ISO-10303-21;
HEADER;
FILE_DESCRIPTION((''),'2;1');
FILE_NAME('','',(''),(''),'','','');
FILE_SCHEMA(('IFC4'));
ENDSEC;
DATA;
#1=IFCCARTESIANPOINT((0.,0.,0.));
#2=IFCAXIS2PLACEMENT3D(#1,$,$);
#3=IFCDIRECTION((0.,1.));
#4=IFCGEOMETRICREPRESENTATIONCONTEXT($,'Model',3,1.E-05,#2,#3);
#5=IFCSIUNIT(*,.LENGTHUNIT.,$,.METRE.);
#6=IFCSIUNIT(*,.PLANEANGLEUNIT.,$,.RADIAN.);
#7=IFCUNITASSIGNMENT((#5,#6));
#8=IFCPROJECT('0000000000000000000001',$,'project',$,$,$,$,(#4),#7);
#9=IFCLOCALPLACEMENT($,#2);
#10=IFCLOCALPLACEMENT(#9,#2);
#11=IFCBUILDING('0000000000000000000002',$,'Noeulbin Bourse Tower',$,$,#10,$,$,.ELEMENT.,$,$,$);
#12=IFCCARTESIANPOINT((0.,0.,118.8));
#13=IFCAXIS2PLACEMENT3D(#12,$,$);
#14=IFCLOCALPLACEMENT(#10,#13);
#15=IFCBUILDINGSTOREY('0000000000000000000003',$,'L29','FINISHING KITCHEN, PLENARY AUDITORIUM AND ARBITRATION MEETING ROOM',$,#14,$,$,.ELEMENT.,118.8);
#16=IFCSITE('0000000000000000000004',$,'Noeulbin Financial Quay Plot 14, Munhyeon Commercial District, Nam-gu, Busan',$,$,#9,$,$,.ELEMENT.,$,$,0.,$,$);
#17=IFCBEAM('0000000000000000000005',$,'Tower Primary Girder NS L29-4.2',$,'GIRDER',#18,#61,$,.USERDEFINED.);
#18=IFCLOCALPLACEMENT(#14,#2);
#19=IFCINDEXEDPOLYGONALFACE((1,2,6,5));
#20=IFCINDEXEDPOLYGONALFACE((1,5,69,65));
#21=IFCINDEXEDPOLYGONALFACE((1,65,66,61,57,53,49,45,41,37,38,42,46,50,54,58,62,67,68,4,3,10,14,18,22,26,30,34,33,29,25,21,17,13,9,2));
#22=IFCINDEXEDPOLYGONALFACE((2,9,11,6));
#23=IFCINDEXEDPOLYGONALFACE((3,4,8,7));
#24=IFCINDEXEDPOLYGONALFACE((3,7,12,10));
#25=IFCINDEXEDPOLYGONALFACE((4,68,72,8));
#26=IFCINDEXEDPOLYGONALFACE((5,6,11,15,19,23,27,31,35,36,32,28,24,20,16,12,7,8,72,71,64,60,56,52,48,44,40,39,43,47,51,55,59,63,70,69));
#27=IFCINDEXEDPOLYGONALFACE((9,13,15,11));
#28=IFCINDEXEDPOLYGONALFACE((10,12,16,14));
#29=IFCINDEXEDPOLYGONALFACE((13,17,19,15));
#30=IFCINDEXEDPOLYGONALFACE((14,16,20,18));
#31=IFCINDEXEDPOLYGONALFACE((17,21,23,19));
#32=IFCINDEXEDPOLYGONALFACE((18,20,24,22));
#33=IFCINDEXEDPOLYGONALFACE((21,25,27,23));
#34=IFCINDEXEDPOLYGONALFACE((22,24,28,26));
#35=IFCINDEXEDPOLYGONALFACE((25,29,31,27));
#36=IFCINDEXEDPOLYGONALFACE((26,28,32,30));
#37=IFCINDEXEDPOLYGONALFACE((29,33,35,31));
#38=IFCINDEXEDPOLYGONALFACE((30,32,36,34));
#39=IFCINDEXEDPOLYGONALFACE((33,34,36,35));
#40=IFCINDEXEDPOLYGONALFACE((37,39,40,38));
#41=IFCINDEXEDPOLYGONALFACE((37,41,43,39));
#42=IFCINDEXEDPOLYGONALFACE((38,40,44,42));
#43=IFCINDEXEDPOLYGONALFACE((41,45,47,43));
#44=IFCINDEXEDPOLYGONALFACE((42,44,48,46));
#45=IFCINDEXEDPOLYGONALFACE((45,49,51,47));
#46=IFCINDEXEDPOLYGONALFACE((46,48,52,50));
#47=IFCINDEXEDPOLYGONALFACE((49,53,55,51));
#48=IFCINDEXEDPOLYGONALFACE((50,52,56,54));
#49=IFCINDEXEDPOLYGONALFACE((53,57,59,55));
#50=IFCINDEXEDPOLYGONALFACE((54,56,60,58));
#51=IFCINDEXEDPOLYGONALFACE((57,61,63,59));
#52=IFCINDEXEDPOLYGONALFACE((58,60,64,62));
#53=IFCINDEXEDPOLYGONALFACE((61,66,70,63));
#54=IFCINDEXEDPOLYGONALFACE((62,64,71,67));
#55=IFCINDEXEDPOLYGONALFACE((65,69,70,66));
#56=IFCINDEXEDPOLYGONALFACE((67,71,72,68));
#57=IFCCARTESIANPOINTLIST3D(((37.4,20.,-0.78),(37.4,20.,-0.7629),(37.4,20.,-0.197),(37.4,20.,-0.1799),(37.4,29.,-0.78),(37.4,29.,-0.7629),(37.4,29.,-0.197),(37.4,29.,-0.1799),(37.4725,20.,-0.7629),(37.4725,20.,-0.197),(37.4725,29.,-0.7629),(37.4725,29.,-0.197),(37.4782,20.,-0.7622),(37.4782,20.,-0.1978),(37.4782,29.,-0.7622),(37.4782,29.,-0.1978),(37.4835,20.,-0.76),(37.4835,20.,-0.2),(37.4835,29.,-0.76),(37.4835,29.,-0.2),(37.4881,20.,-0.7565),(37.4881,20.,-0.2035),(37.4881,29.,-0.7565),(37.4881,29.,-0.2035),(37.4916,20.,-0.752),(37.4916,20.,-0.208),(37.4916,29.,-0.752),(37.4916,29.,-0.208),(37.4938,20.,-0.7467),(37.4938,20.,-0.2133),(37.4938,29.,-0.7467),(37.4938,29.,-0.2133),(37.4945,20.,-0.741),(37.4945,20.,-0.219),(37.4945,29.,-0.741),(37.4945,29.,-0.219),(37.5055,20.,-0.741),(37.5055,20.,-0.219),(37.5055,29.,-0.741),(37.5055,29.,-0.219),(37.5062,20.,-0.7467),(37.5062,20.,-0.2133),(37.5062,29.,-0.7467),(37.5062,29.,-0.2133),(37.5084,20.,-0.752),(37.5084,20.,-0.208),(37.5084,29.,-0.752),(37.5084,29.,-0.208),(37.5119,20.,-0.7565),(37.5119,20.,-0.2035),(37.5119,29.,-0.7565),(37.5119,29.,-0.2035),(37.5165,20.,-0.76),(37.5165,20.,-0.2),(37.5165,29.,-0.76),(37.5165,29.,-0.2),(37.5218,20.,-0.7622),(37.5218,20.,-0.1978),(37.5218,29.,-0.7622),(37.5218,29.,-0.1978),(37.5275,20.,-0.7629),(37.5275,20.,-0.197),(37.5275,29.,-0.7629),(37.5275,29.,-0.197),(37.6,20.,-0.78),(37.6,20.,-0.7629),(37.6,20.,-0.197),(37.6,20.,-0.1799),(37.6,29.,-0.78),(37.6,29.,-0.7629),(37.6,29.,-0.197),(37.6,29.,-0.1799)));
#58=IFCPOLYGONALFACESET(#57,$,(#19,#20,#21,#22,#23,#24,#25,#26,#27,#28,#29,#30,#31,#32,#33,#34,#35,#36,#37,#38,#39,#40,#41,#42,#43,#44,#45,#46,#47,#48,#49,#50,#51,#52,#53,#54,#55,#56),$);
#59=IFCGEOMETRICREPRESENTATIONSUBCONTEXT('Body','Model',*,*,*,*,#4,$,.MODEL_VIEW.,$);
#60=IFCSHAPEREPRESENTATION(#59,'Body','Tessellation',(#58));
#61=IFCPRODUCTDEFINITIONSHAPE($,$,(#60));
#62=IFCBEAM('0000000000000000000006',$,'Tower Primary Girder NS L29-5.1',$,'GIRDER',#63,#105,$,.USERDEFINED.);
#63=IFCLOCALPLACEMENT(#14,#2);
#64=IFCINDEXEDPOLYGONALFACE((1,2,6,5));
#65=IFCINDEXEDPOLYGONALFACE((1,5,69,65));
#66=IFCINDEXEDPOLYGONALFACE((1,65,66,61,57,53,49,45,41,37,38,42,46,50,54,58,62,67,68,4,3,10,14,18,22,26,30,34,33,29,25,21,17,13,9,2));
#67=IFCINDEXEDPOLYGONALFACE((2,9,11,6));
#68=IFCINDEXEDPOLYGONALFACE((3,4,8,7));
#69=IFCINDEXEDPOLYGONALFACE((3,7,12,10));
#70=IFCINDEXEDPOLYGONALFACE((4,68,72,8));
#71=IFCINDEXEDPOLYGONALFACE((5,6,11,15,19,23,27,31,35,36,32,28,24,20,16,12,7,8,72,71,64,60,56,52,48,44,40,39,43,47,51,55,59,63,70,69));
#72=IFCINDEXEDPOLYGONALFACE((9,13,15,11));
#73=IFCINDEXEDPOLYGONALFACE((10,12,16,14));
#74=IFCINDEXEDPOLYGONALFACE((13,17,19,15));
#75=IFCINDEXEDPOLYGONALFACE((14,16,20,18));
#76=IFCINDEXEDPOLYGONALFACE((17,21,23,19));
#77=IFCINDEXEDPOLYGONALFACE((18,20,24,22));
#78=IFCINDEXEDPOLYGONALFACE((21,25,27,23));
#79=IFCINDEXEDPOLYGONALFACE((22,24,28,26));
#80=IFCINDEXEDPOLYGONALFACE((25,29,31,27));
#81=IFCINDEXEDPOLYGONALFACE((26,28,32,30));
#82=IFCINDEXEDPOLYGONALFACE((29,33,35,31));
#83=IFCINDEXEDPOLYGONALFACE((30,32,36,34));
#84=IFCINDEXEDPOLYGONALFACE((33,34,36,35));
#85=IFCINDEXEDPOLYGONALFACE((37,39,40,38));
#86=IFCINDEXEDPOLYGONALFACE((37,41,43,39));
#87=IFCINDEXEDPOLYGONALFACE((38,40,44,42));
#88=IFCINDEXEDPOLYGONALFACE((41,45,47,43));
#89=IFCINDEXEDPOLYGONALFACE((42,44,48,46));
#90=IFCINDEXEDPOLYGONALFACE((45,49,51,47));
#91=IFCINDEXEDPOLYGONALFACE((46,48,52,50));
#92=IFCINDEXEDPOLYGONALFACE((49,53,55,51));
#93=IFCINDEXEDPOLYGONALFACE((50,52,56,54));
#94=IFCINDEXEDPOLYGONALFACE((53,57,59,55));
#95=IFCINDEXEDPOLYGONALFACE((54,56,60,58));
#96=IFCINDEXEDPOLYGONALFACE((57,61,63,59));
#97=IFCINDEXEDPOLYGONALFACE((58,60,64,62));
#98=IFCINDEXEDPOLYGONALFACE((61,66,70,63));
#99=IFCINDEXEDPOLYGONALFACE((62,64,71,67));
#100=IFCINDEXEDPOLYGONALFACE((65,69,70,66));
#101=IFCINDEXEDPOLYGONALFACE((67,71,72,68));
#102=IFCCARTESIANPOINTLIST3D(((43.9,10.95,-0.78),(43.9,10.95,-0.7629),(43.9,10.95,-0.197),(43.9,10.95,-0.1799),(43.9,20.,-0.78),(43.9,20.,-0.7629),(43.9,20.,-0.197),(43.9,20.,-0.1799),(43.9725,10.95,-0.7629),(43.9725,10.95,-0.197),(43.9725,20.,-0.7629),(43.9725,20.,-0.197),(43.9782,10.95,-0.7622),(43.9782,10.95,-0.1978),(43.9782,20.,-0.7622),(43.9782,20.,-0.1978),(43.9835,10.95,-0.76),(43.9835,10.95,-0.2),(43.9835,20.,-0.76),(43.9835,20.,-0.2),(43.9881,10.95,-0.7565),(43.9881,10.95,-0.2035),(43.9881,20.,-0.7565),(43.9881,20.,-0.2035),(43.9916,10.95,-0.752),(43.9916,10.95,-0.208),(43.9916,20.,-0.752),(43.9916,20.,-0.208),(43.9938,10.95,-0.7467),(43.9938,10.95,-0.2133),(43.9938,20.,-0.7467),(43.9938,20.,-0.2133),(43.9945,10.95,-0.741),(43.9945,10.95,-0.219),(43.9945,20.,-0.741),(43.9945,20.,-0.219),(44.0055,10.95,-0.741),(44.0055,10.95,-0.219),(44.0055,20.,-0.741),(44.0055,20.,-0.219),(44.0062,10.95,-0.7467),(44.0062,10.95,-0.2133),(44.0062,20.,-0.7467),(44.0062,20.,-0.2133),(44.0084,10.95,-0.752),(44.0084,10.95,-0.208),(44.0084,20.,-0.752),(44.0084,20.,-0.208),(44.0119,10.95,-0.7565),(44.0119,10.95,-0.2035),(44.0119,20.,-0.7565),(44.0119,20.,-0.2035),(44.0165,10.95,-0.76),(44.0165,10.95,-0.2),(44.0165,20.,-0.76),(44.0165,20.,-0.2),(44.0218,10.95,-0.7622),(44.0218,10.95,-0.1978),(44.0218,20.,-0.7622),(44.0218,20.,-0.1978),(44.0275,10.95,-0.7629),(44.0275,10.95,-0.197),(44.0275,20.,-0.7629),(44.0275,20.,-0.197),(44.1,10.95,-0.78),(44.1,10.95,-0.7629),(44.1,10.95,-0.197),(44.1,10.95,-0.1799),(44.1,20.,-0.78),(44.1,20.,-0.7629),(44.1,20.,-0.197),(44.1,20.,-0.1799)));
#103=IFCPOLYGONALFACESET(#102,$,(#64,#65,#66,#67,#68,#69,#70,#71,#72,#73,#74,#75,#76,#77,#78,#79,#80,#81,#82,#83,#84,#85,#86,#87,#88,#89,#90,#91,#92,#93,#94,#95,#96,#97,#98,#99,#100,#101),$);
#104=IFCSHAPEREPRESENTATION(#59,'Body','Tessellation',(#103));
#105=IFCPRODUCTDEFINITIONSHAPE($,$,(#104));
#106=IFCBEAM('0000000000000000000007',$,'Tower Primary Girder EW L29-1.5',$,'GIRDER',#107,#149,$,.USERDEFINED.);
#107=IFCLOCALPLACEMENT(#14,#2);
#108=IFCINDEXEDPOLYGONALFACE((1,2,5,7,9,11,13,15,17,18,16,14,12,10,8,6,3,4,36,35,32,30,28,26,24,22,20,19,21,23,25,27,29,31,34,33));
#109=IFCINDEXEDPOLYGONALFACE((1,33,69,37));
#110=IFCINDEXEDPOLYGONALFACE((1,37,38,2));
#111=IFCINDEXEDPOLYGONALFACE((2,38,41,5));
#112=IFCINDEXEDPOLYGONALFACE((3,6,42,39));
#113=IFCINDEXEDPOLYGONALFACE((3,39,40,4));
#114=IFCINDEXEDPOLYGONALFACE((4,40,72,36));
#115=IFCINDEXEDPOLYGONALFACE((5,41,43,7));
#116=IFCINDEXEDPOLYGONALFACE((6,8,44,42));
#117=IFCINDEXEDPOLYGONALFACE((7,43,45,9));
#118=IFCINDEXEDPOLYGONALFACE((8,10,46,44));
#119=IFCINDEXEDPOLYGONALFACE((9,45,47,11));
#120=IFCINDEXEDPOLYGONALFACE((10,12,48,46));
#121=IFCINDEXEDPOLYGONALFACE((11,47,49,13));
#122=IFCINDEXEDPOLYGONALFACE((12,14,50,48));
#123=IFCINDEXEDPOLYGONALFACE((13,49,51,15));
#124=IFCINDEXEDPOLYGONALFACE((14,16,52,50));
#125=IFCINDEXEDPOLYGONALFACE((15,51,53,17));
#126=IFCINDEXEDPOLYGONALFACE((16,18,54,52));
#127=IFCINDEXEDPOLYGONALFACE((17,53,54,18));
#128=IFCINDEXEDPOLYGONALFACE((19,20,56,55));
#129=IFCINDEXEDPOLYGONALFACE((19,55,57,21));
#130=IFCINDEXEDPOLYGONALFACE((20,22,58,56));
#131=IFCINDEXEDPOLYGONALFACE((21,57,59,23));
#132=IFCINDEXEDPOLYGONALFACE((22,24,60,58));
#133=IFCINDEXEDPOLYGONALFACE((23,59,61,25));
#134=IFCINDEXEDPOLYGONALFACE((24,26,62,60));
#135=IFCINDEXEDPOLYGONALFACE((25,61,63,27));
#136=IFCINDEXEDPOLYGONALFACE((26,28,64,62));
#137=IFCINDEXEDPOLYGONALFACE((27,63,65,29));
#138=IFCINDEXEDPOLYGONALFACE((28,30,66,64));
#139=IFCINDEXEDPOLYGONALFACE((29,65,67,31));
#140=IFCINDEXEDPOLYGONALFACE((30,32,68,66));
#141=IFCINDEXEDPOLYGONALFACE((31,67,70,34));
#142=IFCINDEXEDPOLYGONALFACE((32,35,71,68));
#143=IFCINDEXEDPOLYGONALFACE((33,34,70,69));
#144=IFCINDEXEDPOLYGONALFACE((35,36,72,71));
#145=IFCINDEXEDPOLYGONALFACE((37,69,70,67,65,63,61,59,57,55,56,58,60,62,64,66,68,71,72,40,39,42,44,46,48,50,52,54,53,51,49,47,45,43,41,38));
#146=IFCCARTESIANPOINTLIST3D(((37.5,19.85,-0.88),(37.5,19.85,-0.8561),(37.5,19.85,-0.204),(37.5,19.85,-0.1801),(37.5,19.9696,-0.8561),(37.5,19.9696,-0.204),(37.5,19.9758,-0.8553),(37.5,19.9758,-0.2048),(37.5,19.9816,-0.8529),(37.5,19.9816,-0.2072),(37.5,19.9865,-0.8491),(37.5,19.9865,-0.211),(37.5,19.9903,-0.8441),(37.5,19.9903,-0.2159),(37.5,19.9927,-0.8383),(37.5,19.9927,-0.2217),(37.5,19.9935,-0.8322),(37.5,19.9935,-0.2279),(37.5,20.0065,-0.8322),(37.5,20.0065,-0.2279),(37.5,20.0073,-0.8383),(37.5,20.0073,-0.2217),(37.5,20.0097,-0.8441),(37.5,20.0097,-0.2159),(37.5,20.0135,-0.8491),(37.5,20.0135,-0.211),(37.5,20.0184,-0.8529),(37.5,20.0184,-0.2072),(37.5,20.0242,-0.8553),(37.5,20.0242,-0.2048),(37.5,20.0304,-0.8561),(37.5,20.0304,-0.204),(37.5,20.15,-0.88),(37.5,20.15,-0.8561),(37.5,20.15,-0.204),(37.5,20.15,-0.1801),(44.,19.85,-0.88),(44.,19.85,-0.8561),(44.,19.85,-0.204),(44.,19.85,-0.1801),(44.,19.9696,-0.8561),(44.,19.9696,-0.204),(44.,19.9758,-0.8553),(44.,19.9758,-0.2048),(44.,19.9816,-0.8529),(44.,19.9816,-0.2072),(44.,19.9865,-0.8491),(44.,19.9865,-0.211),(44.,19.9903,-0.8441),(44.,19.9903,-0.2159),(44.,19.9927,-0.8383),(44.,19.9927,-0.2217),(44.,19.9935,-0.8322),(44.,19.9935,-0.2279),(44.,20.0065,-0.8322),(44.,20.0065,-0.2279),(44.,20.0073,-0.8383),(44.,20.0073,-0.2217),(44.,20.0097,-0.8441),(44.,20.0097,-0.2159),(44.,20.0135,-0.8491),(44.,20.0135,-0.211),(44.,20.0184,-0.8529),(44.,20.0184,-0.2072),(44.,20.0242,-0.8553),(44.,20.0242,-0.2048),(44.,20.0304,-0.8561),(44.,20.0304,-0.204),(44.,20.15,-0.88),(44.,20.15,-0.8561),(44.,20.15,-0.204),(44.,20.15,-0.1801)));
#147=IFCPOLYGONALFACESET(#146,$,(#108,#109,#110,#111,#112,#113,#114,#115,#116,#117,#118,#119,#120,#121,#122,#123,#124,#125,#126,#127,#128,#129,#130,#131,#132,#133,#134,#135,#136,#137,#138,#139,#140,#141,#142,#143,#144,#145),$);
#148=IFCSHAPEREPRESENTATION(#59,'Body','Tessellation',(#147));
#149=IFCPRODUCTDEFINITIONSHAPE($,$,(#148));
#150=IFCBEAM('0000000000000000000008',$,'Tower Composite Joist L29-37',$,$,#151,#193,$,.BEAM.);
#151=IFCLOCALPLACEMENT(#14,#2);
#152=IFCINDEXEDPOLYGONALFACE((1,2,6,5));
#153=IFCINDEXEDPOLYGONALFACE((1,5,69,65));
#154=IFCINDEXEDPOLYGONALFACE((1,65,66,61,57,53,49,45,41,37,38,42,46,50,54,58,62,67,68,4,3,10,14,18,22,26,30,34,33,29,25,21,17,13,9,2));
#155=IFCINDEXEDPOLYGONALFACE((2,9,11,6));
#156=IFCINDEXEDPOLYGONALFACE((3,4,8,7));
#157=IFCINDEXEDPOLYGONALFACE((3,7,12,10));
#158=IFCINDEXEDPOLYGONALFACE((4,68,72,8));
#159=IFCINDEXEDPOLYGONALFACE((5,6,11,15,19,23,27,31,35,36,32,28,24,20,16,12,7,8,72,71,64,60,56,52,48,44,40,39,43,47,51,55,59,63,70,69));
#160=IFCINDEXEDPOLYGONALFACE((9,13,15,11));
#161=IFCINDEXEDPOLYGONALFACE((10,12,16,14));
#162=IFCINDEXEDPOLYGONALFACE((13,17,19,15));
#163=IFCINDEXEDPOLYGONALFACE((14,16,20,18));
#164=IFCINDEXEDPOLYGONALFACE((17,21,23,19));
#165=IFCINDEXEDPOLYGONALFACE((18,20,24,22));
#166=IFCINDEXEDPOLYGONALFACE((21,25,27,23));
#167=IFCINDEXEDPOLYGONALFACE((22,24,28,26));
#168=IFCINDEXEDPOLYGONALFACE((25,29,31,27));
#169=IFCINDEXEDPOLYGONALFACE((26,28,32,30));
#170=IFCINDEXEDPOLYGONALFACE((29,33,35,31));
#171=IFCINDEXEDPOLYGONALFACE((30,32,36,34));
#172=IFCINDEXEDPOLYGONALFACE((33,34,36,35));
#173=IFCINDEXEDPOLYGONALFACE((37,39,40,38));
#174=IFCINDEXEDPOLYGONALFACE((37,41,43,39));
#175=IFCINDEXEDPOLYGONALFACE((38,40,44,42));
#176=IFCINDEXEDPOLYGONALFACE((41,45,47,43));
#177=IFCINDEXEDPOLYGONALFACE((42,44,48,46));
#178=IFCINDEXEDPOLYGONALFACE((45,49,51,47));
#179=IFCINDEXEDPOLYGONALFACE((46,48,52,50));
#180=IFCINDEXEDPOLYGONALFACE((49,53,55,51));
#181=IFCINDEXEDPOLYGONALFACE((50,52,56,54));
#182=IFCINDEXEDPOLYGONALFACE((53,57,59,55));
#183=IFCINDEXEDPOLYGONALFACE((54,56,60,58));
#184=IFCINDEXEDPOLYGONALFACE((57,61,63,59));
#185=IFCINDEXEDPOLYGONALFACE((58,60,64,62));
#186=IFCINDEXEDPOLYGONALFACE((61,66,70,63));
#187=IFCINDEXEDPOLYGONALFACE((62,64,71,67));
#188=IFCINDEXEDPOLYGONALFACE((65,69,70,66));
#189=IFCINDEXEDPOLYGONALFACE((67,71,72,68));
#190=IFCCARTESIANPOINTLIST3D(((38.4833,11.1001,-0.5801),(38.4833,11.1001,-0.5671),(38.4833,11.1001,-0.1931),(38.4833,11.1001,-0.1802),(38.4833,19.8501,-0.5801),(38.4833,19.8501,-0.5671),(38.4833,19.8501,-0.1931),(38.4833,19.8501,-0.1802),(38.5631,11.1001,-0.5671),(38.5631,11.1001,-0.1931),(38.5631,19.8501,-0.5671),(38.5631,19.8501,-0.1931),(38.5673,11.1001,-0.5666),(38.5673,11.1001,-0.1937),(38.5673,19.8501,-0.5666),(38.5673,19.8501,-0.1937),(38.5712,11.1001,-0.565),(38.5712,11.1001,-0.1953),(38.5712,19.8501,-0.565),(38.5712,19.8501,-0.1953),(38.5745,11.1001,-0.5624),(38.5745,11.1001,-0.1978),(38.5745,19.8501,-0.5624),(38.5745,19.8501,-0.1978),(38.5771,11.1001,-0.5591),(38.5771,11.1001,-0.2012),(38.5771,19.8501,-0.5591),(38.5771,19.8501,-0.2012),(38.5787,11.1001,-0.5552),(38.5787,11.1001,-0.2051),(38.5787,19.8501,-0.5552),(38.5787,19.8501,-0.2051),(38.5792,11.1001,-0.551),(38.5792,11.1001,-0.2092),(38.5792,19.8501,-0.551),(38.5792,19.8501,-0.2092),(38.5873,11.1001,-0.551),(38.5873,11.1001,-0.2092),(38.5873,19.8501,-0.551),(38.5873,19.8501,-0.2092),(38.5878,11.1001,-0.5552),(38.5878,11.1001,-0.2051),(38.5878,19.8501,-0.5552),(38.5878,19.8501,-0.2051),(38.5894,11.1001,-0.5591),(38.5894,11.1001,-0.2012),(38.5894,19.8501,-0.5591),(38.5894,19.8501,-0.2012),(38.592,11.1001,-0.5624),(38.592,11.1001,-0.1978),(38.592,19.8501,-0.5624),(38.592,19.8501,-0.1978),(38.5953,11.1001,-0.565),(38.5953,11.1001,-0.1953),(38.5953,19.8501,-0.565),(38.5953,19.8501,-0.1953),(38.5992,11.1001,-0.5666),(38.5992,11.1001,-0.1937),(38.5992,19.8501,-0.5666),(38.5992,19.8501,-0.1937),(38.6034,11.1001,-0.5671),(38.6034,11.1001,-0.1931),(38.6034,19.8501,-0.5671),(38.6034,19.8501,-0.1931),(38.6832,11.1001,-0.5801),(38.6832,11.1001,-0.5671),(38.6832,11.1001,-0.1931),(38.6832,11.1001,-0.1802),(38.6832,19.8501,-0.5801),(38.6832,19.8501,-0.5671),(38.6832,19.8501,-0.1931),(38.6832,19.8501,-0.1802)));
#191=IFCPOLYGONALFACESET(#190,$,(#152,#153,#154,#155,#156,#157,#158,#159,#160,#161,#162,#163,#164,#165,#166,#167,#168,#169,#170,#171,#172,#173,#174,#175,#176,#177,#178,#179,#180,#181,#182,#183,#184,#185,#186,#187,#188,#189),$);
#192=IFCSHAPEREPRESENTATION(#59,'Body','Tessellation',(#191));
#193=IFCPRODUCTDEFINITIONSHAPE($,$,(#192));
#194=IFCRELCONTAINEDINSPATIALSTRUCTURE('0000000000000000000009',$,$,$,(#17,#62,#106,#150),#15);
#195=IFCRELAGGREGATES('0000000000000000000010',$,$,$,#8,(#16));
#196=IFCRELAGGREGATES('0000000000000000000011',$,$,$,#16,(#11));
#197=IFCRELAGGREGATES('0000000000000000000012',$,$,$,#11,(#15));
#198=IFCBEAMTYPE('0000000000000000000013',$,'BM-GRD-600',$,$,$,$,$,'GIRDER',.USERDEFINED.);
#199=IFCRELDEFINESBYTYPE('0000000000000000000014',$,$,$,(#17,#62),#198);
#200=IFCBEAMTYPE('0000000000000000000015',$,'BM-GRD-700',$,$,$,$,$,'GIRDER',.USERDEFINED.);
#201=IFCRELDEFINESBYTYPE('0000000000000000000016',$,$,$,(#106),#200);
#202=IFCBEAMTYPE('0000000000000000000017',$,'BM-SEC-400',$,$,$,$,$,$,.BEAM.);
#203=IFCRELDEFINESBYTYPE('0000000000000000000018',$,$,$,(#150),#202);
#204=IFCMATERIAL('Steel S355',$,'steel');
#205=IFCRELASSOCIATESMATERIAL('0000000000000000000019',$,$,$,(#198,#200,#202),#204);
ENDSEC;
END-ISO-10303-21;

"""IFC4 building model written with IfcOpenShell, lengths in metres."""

from ifc_helpers import new_model, si_unit, direction, frame, origin, origin_2d, place, context, subcontext, project, spatial, i_section, extrude, material, material_profile, profile_set, type_object, element, save


model = new_model("IFC4")

# Units and contexts
model_context = context("Model", 3, precision=1e-05, world=origin(), true_north=direction((0.0, 1.0)))
body_context = subcontext(model_context, "Body", "Model", "MODEL_VIEW")
ifc_project = project(units=[si_unit("LENGTHUNIT", "METRE"), si_unit("PLANEANGLEUNIT", "RADIAN")], contexts=[model_context])

# Site, building, storey
site_placement = place(None, origin())
site = spatial("IfcSite", under=ifc_project, at=site_placement, Name="Noeulbin Financial Quay Plot 14, Munhyeon Commercial District, Nam-gu, Busan", CompositionType="ELEMENT", RefElevation=0.0)
building_placement = place(site_placement, origin())
building = spatial("IfcBuilding", under=site, at=building_placement, Name="Noeulbin Bourse Tower", CompositionType="ELEMENT")
storey_placement = place(building_placement, frame((0.0, 0.0, 118.8)))
storey = spatial("IfcBuildingStorey", under=building, at=storey_placement, Name="L29", Description="FINISHING KITCHEN, PLENARY AUDITORIUM AND ARBITRATION MEETING ROOM", CompositionType="ELEMENT", Elevation=118.8)

# Shared definitions
ifc_material_1 = material(Name="Steel S355", Category="steel")

# Beams
ifc_material_profile_1 = material_profile(ifc_material_1, i_section(OverallWidth=0.2, OverallDepth=0.6001, WebThickness=0.011, FlangeThickness=0.0171, FilletRadius=0.022, at=origin_2d()), Name="H-600x200x11x17", Category="LoadBearing")
ifc_profile_set_1 = profile_set([ifc_material_profile_1], Name="Steel S355")
beam_type_1 = type_object("IfcBeamType", Name="BM-GRD-600", ElementType="GIRDER", PredefinedType="USERDEFINED", material=ifc_profile_set_1)
beam_1_placement = place(storey_placement, frame((37.5, 20.0, -0.48), z_axis=(0.0, 1.0, 0.0), x_axis=(-1.0, 0.0, 0.0)))
element("IfcBeam", 1, at=beam_1_placement, inside=storey, type_object=beam_type_1, Name="Tower Primary Girder NS L29-4.2", ObjectType="GIRDER", PredefinedType="USERDEFINED", context=body_context, shape_type="SweptSolid", body=[
    extrude(i_section(OverallWidth=0.2, OverallDepth=0.6001, WebThickness=0.011, FlangeThickness=0.0171, FilletRadius=0.022, at=origin_2d()), origin(), (0.0, 0.0, 1.0), 9.0),
])
beam_2_placement = place(storey_placement, frame((44.0, 10.95, -0.48), z_axis=(0.0, 1.0, 0.0), x_axis=(-1.0, 0.0, 0.0)))
element("IfcBeam", 2, at=beam_2_placement, inside=storey, type_object=beam_type_1, Name="Tower Primary Girder NS L29-5.1", ObjectType="GIRDER", PredefinedType="USERDEFINED", context=body_context, shape_type="SweptSolid", body=[
    extrude(i_section(OverallWidth=0.2, OverallDepth=0.6001, WebThickness=0.011, FlangeThickness=0.0171, FilletRadius=0.022, at=origin_2d()), origin(), (0.0, 0.0, 1.0), 9.05),
])
ifc_material_profile_2 = material_profile(ifc_material_1, i_section(OverallWidth=0.3, OverallDepth=0.7, WebThickness=0.0129, FlangeThickness=0.0239, FilletRadius=0.0239, at=origin_2d()), Name="H-700x300x13x24", Category="LoadBearing")
ifc_profile_set_2 = profile_set([ifc_material_profile_2], Name="Steel S355")
beam_type_2 = type_object("IfcBeamType", Name="BM-GRD-700", ElementType="GIRDER", PredefinedType="USERDEFINED", material=ifc_profile_set_2)
beam_3_placement = place(storey_placement, frame((37.5, 20.0, -0.53), z_axis=(1.0, 0.0, 0.0), x_axis=(0.0, 1.0, 0.0)))
element("IfcBeam", 3, at=beam_3_placement, inside=storey, type_object=beam_type_2, Name="Tower Primary Girder EW L29-1.5", ObjectType="GIRDER", PredefinedType="USERDEFINED", context=body_context, shape_type="SweptSolid", body=[
    extrude(i_section(OverallWidth=0.3, OverallDepth=0.7, WebThickness=0.0129, FlangeThickness=0.0239, FilletRadius=0.0239, at=origin_2d()), origin(), (0.0, 0.0, 1.0), 6.5),
])
ifc_material_profile_3 = material_profile(ifc_material_1, i_section(OverallWidth=0.2, OverallDepth=0.3999, WebThickness=0.0081, FlangeThickness=0.0129, FilletRadius=0.0161, at=origin_2d()), Name="H-400x200x8x13", Category="LoadBearing")
ifc_profile_set_3 = profile_set([ifc_material_profile_3], Name="Steel S355")
beam_type_3 = type_object("IfcBeamType", Name="BM-SEC-400", PredefinedType="BEAM", material=ifc_profile_set_3)
for number, where, z_axis, x_axis, name in (
    (4, (38.5833, 11.1001, -0.3801), (0.0, 1.0, 0.0), (-1.0, 0.0, 0.0), "Tower Composite Joist L29-37"),
):
    element("IfcBeam", number, at=place(storey_placement, frame(where, z_axis=z_axis, x_axis=x_axis)), inside=storey, type_object=beam_type_3, Name=name, PredefinedType="BEAM", context=body_context, shape_type="SweptSolid", body=[
        extrude(i_section(OverallWidth=0.2, OverallDepth=0.3999, WebThickness=0.0081, FlangeThickness=0.0129, FilletRadius=0.0161, at=origin_2d()), origin(), (0.0, 0.0, 1.0), 8.75),
    ])

save(model, "model.ifc")
